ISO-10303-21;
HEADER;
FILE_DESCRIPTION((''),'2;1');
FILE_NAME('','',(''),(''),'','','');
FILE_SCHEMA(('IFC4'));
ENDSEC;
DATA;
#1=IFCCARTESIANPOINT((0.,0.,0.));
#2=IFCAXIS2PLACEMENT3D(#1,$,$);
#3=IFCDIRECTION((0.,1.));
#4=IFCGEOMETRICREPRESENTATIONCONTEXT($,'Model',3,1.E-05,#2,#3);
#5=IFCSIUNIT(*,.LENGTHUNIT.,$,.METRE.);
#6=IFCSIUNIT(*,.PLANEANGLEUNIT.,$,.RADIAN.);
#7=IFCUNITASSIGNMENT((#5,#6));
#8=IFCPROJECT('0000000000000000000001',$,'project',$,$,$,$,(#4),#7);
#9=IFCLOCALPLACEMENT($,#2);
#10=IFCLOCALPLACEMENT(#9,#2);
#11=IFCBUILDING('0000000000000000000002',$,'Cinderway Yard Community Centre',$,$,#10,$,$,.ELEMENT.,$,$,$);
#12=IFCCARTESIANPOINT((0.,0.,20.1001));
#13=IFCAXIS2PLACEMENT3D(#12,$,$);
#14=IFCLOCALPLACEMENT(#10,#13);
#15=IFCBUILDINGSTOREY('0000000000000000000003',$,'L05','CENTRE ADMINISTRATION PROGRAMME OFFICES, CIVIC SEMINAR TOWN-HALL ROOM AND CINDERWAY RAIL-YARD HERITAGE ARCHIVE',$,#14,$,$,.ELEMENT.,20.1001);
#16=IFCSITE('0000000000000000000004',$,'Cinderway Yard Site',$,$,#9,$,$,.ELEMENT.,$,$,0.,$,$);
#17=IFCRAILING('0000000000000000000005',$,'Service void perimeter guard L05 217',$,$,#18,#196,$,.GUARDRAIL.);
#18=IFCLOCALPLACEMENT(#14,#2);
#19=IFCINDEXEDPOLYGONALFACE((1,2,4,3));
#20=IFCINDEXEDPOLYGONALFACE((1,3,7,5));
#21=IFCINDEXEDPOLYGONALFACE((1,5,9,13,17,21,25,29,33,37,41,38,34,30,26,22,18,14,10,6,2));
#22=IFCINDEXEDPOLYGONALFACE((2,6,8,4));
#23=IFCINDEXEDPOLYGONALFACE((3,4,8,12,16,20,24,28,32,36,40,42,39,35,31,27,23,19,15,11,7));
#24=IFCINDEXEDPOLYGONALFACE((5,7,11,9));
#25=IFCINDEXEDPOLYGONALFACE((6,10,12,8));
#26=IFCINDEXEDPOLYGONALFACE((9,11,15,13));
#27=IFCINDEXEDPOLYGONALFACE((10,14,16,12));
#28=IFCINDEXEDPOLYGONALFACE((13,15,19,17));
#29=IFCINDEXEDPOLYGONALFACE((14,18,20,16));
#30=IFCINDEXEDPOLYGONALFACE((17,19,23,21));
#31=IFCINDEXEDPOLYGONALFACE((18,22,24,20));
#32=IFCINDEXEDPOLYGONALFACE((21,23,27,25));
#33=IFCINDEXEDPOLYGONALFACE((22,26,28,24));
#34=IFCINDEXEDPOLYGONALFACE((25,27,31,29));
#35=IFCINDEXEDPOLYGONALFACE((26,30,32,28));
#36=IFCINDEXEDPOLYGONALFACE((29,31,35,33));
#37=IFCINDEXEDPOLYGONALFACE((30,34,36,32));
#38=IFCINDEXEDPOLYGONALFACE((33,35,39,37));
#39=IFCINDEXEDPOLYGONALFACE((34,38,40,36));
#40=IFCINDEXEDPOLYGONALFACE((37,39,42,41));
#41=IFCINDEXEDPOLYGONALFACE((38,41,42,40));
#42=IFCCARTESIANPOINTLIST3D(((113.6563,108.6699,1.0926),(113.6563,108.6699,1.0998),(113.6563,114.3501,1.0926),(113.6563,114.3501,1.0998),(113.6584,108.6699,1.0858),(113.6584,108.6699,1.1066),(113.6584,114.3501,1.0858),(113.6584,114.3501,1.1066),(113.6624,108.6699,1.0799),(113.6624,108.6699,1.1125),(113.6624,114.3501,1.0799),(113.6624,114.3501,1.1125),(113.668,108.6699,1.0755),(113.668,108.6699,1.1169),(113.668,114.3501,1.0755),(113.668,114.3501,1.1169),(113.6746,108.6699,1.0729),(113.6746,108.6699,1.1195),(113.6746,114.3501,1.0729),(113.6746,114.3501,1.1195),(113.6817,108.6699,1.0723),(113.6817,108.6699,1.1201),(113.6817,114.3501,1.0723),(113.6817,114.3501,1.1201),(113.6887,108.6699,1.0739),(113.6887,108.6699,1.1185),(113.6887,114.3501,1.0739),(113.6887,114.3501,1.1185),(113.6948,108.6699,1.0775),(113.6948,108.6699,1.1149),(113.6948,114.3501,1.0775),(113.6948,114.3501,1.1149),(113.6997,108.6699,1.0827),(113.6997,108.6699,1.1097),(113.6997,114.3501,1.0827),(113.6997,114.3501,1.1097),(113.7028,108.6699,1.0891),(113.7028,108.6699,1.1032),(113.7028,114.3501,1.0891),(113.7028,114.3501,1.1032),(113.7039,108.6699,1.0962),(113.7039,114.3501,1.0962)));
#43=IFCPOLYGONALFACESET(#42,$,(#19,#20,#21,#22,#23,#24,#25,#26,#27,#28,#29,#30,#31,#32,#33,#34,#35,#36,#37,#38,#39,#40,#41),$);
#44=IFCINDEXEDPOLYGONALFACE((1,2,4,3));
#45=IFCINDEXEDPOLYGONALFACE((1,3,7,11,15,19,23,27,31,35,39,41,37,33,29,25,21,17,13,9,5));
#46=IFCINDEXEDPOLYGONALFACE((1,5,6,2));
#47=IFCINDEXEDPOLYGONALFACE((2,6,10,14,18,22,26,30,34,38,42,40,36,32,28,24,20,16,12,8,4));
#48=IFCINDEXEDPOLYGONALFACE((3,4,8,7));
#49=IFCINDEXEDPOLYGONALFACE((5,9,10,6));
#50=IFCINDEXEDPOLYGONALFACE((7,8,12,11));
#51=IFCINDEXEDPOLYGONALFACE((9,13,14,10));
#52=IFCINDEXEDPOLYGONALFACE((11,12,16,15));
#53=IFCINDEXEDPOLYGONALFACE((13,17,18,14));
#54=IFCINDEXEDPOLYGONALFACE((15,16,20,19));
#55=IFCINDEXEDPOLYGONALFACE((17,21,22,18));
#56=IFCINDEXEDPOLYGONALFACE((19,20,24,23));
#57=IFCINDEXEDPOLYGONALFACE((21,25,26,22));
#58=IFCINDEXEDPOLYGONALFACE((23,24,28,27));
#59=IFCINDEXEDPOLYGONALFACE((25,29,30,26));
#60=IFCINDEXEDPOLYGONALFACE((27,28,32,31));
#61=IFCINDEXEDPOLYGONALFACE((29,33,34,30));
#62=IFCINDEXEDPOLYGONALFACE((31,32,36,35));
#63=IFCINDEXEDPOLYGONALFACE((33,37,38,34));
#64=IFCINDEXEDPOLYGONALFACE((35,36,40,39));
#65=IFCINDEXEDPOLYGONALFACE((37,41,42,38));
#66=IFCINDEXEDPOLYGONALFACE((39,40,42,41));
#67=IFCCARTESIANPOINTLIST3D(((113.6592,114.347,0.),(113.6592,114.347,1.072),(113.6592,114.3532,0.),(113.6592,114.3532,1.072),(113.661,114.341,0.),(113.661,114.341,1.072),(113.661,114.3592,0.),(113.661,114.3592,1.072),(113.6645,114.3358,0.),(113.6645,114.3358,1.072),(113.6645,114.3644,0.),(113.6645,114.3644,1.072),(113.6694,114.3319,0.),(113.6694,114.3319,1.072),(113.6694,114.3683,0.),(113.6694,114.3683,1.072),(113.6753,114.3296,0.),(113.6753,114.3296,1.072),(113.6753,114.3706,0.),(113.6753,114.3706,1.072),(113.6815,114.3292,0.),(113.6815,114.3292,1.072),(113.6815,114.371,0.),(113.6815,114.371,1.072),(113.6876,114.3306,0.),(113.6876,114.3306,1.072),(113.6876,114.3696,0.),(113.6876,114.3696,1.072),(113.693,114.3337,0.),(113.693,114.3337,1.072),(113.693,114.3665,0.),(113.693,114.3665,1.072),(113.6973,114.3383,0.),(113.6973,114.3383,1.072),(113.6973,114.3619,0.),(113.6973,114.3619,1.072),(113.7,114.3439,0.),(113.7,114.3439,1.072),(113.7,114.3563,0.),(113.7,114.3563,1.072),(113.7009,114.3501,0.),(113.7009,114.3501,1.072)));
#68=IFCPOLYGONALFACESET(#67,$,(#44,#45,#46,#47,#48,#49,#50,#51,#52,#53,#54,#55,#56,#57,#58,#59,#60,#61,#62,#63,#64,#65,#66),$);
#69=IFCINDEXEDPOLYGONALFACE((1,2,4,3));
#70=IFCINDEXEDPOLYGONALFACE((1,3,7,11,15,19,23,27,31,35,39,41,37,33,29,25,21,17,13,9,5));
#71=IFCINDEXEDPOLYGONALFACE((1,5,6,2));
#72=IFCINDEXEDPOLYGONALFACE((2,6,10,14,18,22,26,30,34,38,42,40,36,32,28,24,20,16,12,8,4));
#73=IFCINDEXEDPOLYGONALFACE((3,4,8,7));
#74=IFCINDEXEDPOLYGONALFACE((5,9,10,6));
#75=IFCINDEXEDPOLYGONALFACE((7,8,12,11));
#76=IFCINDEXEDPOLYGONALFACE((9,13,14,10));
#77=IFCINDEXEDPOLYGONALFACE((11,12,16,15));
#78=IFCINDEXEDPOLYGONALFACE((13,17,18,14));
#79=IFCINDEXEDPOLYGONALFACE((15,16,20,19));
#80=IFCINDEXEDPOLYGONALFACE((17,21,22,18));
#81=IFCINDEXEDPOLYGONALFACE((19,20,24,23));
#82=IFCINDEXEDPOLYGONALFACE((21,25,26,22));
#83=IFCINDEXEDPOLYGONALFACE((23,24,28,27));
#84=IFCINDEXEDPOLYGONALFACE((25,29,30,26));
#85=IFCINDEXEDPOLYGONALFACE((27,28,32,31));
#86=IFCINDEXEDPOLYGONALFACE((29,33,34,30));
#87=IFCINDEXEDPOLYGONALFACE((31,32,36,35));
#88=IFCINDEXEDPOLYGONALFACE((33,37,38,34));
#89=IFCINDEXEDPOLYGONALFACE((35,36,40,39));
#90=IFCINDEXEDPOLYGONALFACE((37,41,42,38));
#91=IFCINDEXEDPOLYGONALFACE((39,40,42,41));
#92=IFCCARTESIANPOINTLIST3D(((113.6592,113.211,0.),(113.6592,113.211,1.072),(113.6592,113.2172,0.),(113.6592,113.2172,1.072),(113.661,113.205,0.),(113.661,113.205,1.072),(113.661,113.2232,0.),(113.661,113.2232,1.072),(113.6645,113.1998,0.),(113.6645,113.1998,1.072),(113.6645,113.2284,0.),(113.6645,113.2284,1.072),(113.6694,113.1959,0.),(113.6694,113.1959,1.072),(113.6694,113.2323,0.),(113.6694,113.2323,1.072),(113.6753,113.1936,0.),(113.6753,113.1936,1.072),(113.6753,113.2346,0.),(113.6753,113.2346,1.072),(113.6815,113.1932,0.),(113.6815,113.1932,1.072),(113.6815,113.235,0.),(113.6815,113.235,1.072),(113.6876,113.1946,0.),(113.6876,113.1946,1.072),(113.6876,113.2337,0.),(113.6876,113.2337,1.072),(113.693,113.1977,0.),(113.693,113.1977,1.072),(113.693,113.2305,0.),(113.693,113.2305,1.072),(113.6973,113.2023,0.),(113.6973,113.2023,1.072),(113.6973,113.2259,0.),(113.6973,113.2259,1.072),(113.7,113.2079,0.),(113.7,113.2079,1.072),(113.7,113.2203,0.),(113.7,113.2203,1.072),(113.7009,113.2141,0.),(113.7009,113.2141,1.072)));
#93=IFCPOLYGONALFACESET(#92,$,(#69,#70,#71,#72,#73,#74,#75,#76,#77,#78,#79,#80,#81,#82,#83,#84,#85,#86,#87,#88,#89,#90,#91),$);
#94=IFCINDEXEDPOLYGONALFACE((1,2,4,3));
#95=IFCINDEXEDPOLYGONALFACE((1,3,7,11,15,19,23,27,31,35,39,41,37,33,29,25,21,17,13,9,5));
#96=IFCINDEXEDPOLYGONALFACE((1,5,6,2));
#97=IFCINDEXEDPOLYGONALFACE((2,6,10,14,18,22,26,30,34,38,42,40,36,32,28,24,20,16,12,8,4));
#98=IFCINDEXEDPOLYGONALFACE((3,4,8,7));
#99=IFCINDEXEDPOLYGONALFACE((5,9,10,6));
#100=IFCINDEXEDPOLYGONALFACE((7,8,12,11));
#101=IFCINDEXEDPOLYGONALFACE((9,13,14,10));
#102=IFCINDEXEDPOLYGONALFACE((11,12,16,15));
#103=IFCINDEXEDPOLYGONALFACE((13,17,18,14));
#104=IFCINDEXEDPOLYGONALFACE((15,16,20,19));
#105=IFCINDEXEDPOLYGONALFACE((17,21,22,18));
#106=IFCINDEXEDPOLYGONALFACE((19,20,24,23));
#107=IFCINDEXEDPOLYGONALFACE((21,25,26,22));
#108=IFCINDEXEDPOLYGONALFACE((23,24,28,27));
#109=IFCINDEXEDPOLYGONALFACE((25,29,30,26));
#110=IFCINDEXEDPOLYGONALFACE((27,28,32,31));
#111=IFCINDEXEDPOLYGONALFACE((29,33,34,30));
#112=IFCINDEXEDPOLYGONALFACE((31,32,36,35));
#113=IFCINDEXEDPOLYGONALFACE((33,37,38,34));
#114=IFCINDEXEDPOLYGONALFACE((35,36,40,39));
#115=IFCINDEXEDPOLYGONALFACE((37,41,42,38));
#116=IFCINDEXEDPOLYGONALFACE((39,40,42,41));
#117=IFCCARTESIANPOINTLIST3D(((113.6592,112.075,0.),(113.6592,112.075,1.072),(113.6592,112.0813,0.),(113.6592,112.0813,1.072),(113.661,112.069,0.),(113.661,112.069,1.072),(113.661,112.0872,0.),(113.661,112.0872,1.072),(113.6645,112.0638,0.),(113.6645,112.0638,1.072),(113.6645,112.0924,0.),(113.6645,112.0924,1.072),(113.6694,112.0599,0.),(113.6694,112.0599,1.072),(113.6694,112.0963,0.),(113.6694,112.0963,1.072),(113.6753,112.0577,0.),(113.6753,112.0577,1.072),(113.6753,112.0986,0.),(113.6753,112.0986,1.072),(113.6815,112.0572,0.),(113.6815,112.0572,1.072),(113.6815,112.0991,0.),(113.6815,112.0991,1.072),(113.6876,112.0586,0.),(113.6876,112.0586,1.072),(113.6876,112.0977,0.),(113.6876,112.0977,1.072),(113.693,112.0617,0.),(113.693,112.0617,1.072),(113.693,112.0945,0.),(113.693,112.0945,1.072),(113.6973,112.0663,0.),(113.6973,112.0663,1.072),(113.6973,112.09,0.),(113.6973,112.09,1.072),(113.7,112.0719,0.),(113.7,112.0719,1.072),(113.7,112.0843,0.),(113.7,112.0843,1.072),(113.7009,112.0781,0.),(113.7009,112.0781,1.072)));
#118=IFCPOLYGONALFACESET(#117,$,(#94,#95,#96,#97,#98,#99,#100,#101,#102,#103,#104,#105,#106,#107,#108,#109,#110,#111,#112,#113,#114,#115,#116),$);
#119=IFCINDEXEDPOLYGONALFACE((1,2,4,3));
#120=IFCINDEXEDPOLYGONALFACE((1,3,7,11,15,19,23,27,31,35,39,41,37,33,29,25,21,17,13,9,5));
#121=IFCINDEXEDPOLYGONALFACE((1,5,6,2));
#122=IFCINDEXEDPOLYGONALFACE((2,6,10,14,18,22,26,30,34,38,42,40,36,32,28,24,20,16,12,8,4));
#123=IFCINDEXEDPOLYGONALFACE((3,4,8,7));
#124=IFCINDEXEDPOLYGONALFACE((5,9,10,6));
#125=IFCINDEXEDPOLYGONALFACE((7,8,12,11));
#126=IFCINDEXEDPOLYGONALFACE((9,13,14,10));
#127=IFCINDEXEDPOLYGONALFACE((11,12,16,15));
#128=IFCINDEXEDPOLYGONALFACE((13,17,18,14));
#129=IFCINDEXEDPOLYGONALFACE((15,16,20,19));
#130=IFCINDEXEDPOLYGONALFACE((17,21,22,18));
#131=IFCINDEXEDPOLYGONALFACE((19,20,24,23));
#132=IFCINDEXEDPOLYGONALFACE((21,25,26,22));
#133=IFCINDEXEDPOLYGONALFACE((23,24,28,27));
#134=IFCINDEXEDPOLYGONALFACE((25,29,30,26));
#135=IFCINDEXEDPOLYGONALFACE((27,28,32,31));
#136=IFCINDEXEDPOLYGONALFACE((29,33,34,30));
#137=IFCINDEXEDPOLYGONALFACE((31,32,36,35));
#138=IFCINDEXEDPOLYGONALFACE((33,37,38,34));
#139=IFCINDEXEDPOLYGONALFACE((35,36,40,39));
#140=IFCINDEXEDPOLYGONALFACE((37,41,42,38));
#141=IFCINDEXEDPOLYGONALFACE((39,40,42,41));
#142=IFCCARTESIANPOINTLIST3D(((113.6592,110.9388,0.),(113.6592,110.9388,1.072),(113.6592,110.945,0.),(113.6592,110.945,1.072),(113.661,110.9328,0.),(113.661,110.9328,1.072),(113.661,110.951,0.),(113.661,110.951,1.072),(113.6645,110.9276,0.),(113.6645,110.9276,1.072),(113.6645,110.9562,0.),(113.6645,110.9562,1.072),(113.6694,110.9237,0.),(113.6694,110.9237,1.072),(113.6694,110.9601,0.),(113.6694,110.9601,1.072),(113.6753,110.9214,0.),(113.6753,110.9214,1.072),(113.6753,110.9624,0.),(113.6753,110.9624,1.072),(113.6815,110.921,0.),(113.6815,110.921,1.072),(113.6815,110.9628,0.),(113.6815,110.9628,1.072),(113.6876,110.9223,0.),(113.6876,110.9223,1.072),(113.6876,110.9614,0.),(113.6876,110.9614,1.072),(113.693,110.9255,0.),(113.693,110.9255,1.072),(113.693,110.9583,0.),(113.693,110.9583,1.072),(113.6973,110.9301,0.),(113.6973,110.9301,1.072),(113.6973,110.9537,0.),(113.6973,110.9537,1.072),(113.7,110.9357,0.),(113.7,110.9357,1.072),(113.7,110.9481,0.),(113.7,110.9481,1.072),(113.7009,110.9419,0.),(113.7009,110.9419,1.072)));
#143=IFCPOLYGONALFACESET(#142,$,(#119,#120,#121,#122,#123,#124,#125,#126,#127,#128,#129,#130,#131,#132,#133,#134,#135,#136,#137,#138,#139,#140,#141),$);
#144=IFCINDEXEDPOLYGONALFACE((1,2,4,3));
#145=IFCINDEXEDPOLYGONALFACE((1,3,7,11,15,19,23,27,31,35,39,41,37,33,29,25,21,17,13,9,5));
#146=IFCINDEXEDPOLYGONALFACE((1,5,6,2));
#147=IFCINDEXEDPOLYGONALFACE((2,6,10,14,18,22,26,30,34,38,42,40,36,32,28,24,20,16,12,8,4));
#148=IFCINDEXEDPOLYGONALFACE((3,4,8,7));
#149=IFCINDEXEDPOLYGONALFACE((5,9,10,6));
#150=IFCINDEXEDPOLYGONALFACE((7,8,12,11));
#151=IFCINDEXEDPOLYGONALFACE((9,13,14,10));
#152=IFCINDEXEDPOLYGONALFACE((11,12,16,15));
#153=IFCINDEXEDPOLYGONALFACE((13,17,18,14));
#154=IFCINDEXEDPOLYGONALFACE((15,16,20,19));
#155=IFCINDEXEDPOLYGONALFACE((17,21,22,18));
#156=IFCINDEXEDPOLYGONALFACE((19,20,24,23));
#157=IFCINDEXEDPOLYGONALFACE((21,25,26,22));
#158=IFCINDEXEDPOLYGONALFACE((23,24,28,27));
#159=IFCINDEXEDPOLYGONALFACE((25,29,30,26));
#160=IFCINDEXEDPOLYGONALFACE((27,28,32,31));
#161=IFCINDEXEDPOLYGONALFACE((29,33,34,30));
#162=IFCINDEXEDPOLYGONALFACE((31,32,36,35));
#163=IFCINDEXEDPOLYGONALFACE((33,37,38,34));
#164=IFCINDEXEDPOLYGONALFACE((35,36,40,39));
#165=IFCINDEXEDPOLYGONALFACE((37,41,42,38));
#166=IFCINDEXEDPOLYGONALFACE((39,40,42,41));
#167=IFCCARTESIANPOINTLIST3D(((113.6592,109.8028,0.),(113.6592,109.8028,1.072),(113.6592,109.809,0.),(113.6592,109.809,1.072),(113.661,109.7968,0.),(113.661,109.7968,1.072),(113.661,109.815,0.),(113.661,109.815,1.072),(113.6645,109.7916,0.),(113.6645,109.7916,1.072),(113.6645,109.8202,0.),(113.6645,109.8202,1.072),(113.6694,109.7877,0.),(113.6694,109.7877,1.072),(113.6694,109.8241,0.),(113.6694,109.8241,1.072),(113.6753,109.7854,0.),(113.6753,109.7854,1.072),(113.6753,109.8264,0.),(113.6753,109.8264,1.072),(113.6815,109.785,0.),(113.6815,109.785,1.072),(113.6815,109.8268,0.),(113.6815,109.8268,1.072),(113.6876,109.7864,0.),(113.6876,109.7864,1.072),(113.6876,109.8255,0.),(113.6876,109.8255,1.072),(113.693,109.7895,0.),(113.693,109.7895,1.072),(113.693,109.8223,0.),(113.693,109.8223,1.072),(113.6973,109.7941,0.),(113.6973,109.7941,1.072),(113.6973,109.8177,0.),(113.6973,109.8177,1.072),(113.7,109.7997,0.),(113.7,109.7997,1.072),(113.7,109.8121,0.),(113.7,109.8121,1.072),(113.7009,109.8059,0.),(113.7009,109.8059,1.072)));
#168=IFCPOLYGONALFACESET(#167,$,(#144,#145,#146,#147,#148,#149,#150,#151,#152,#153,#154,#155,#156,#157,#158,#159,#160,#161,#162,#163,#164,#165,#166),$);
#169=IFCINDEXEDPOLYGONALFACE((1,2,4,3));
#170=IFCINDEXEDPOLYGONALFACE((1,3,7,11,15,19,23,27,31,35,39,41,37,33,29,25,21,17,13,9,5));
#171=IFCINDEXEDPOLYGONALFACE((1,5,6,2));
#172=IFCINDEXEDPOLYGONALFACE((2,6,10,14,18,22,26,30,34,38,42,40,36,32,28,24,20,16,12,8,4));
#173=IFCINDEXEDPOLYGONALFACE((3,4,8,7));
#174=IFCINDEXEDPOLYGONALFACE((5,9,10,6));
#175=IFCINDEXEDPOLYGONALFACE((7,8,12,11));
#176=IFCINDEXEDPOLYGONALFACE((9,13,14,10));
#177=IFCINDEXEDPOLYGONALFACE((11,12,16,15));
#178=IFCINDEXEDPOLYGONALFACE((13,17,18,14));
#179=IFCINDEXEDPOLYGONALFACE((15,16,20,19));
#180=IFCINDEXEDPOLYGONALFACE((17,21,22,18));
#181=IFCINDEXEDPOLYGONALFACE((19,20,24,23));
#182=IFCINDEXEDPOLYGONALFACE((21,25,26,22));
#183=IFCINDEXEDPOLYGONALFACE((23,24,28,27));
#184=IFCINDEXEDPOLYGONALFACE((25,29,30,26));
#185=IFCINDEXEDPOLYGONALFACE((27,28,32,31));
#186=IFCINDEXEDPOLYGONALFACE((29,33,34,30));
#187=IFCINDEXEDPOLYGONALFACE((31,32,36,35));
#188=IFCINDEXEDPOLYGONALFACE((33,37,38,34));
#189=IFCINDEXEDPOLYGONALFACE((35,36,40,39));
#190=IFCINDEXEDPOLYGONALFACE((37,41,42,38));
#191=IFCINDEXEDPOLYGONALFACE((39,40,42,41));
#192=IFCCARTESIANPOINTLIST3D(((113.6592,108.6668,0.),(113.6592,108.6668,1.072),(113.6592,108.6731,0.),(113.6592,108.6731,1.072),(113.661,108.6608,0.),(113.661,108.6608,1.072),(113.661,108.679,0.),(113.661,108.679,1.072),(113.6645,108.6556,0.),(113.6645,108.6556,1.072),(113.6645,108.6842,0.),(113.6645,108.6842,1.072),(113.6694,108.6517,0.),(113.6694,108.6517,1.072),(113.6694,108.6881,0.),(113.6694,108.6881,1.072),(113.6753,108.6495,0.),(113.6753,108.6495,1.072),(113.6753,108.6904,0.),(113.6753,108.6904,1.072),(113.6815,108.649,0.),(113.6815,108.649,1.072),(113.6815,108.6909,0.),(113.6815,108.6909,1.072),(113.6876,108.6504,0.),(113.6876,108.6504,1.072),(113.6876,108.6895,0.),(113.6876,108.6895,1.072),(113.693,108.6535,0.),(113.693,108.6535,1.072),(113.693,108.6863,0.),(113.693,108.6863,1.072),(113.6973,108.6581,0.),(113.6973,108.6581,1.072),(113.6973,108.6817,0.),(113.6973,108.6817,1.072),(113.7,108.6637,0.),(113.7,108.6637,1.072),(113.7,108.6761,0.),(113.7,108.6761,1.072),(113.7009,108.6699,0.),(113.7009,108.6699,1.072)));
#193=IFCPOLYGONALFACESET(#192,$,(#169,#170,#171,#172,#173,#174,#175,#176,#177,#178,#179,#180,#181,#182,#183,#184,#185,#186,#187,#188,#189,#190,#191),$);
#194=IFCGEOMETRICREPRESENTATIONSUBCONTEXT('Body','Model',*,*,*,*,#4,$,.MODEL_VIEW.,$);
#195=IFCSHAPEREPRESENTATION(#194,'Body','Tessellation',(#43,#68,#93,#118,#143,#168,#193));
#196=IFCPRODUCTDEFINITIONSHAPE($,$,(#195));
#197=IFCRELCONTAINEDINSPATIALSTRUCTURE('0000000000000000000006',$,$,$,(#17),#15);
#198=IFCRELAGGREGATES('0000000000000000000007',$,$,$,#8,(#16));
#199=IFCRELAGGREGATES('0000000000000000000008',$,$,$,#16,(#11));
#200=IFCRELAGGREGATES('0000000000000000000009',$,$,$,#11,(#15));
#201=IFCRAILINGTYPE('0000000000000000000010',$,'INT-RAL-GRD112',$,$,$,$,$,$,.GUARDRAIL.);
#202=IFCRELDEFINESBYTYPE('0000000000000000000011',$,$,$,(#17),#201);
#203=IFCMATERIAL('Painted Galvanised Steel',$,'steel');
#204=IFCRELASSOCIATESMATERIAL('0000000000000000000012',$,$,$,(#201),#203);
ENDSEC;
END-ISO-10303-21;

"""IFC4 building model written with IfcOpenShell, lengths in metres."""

from ifc_helpers import new_model, si_unit, direction, frame, origin, origin_2d, place, context, subcontext, project, spatial, circle, extrude, material, type_object, element, save


model = new_model("IFC4")

# Units and contexts
model_context = context("Model", 3, precision=1e-05, world=origin(), true_north=direction((0.0, 1.0)))
body_context = subcontext(model_context, "Body", "Model", "MODEL_VIEW")
ifc_project = project(units=[si_unit("LENGTHUNIT", "METRE"), si_unit("PLANEANGLEUNIT", "RADIAN")], contexts=[model_context])

# Site, building, storey
site_placement = place(None, origin())
site = spatial("IfcSite", under=ifc_project, at=site_placement, Name="Cinderway Yard Site", CompositionType="ELEMENT", RefElevation=0.0)
building_placement = place(site_placement, origin())
building = spatial("IfcBuilding", under=site, at=building_placement, Name="Cinderway Yard Community Centre", CompositionType="ELEMENT")
storey_placement = place(building_placement, frame((0.0, 0.0, 20.1001)))
storey = spatial("IfcBuildingStorey", under=building, at=storey_placement, Name="L05", Description="CENTRE ADMINISTRATION PROGRAMME OFFICES, CIVIC SEMINAR TOWN-HALL ROOM AND CINDERWAY RAIL-YARD HERITAGE ARCHIVE", CompositionType="ELEMENT", Elevation=20.1001)

# Railing
ifc_material_1 = material(Name="Painted Galvanised Steel", Category="steel")
railing_type = type_object("IfcRailingType", Name="INT-RAL-GRD112", PredefinedType="GUARDRAIL", material=ifc_material_1)
railing_1_placement = place(storey_placement, frame((113.6799, 114.3501, 0.0)))
element("IfcRailing", 1, at=railing_1_placement, inside=storey, type_object=railing_type, Name="Service void perimeter guard L05 217", PredefinedType="GUARDRAIL", context=body_context, shape_type="SweptSolid", body=[
    extrude(circle(Radius=0.0239, at=origin_2d()), frame((0.0, 0.0, 1.0962), z_axis=(0.0, -1.0, 0.0), x_axis=(1.0, 0.0, 0.0)), (0.0, 0.0, 1.0), 5.6802),
    extrude(circle(Radius=0.021, at=origin_2d()), origin(), (0.0, 0.0, 1.0), 1.072),
    extrude(circle(Radius=0.021, at=origin_2d()), frame((0.0, -1.136, 0.0)), (0.0, 0.0, 1.0), 1.072),
    extrude(circle(Radius=0.021, at=origin_2d()), frame((0.0, -2.272, 0.0)), (0.0, 0.0, 1.0), 1.072),
    extrude(circle(Radius=0.021, at=origin_2d()), frame((0.0, -3.4082, 0.0)), (0.0, 0.0, 1.0), 1.072),
    extrude(circle(Radius=0.021, at=origin_2d()), frame((0.0, -4.5442, 0.0)), (0.0, 0.0, 1.0), 1.072),
    extrude(circle(Radius=0.021, at=origin_2d()), frame((0.0, -5.6802, 0.0)), (0.0, 0.0, 1.0), 1.072),
])

save(model, "model.ifc")
